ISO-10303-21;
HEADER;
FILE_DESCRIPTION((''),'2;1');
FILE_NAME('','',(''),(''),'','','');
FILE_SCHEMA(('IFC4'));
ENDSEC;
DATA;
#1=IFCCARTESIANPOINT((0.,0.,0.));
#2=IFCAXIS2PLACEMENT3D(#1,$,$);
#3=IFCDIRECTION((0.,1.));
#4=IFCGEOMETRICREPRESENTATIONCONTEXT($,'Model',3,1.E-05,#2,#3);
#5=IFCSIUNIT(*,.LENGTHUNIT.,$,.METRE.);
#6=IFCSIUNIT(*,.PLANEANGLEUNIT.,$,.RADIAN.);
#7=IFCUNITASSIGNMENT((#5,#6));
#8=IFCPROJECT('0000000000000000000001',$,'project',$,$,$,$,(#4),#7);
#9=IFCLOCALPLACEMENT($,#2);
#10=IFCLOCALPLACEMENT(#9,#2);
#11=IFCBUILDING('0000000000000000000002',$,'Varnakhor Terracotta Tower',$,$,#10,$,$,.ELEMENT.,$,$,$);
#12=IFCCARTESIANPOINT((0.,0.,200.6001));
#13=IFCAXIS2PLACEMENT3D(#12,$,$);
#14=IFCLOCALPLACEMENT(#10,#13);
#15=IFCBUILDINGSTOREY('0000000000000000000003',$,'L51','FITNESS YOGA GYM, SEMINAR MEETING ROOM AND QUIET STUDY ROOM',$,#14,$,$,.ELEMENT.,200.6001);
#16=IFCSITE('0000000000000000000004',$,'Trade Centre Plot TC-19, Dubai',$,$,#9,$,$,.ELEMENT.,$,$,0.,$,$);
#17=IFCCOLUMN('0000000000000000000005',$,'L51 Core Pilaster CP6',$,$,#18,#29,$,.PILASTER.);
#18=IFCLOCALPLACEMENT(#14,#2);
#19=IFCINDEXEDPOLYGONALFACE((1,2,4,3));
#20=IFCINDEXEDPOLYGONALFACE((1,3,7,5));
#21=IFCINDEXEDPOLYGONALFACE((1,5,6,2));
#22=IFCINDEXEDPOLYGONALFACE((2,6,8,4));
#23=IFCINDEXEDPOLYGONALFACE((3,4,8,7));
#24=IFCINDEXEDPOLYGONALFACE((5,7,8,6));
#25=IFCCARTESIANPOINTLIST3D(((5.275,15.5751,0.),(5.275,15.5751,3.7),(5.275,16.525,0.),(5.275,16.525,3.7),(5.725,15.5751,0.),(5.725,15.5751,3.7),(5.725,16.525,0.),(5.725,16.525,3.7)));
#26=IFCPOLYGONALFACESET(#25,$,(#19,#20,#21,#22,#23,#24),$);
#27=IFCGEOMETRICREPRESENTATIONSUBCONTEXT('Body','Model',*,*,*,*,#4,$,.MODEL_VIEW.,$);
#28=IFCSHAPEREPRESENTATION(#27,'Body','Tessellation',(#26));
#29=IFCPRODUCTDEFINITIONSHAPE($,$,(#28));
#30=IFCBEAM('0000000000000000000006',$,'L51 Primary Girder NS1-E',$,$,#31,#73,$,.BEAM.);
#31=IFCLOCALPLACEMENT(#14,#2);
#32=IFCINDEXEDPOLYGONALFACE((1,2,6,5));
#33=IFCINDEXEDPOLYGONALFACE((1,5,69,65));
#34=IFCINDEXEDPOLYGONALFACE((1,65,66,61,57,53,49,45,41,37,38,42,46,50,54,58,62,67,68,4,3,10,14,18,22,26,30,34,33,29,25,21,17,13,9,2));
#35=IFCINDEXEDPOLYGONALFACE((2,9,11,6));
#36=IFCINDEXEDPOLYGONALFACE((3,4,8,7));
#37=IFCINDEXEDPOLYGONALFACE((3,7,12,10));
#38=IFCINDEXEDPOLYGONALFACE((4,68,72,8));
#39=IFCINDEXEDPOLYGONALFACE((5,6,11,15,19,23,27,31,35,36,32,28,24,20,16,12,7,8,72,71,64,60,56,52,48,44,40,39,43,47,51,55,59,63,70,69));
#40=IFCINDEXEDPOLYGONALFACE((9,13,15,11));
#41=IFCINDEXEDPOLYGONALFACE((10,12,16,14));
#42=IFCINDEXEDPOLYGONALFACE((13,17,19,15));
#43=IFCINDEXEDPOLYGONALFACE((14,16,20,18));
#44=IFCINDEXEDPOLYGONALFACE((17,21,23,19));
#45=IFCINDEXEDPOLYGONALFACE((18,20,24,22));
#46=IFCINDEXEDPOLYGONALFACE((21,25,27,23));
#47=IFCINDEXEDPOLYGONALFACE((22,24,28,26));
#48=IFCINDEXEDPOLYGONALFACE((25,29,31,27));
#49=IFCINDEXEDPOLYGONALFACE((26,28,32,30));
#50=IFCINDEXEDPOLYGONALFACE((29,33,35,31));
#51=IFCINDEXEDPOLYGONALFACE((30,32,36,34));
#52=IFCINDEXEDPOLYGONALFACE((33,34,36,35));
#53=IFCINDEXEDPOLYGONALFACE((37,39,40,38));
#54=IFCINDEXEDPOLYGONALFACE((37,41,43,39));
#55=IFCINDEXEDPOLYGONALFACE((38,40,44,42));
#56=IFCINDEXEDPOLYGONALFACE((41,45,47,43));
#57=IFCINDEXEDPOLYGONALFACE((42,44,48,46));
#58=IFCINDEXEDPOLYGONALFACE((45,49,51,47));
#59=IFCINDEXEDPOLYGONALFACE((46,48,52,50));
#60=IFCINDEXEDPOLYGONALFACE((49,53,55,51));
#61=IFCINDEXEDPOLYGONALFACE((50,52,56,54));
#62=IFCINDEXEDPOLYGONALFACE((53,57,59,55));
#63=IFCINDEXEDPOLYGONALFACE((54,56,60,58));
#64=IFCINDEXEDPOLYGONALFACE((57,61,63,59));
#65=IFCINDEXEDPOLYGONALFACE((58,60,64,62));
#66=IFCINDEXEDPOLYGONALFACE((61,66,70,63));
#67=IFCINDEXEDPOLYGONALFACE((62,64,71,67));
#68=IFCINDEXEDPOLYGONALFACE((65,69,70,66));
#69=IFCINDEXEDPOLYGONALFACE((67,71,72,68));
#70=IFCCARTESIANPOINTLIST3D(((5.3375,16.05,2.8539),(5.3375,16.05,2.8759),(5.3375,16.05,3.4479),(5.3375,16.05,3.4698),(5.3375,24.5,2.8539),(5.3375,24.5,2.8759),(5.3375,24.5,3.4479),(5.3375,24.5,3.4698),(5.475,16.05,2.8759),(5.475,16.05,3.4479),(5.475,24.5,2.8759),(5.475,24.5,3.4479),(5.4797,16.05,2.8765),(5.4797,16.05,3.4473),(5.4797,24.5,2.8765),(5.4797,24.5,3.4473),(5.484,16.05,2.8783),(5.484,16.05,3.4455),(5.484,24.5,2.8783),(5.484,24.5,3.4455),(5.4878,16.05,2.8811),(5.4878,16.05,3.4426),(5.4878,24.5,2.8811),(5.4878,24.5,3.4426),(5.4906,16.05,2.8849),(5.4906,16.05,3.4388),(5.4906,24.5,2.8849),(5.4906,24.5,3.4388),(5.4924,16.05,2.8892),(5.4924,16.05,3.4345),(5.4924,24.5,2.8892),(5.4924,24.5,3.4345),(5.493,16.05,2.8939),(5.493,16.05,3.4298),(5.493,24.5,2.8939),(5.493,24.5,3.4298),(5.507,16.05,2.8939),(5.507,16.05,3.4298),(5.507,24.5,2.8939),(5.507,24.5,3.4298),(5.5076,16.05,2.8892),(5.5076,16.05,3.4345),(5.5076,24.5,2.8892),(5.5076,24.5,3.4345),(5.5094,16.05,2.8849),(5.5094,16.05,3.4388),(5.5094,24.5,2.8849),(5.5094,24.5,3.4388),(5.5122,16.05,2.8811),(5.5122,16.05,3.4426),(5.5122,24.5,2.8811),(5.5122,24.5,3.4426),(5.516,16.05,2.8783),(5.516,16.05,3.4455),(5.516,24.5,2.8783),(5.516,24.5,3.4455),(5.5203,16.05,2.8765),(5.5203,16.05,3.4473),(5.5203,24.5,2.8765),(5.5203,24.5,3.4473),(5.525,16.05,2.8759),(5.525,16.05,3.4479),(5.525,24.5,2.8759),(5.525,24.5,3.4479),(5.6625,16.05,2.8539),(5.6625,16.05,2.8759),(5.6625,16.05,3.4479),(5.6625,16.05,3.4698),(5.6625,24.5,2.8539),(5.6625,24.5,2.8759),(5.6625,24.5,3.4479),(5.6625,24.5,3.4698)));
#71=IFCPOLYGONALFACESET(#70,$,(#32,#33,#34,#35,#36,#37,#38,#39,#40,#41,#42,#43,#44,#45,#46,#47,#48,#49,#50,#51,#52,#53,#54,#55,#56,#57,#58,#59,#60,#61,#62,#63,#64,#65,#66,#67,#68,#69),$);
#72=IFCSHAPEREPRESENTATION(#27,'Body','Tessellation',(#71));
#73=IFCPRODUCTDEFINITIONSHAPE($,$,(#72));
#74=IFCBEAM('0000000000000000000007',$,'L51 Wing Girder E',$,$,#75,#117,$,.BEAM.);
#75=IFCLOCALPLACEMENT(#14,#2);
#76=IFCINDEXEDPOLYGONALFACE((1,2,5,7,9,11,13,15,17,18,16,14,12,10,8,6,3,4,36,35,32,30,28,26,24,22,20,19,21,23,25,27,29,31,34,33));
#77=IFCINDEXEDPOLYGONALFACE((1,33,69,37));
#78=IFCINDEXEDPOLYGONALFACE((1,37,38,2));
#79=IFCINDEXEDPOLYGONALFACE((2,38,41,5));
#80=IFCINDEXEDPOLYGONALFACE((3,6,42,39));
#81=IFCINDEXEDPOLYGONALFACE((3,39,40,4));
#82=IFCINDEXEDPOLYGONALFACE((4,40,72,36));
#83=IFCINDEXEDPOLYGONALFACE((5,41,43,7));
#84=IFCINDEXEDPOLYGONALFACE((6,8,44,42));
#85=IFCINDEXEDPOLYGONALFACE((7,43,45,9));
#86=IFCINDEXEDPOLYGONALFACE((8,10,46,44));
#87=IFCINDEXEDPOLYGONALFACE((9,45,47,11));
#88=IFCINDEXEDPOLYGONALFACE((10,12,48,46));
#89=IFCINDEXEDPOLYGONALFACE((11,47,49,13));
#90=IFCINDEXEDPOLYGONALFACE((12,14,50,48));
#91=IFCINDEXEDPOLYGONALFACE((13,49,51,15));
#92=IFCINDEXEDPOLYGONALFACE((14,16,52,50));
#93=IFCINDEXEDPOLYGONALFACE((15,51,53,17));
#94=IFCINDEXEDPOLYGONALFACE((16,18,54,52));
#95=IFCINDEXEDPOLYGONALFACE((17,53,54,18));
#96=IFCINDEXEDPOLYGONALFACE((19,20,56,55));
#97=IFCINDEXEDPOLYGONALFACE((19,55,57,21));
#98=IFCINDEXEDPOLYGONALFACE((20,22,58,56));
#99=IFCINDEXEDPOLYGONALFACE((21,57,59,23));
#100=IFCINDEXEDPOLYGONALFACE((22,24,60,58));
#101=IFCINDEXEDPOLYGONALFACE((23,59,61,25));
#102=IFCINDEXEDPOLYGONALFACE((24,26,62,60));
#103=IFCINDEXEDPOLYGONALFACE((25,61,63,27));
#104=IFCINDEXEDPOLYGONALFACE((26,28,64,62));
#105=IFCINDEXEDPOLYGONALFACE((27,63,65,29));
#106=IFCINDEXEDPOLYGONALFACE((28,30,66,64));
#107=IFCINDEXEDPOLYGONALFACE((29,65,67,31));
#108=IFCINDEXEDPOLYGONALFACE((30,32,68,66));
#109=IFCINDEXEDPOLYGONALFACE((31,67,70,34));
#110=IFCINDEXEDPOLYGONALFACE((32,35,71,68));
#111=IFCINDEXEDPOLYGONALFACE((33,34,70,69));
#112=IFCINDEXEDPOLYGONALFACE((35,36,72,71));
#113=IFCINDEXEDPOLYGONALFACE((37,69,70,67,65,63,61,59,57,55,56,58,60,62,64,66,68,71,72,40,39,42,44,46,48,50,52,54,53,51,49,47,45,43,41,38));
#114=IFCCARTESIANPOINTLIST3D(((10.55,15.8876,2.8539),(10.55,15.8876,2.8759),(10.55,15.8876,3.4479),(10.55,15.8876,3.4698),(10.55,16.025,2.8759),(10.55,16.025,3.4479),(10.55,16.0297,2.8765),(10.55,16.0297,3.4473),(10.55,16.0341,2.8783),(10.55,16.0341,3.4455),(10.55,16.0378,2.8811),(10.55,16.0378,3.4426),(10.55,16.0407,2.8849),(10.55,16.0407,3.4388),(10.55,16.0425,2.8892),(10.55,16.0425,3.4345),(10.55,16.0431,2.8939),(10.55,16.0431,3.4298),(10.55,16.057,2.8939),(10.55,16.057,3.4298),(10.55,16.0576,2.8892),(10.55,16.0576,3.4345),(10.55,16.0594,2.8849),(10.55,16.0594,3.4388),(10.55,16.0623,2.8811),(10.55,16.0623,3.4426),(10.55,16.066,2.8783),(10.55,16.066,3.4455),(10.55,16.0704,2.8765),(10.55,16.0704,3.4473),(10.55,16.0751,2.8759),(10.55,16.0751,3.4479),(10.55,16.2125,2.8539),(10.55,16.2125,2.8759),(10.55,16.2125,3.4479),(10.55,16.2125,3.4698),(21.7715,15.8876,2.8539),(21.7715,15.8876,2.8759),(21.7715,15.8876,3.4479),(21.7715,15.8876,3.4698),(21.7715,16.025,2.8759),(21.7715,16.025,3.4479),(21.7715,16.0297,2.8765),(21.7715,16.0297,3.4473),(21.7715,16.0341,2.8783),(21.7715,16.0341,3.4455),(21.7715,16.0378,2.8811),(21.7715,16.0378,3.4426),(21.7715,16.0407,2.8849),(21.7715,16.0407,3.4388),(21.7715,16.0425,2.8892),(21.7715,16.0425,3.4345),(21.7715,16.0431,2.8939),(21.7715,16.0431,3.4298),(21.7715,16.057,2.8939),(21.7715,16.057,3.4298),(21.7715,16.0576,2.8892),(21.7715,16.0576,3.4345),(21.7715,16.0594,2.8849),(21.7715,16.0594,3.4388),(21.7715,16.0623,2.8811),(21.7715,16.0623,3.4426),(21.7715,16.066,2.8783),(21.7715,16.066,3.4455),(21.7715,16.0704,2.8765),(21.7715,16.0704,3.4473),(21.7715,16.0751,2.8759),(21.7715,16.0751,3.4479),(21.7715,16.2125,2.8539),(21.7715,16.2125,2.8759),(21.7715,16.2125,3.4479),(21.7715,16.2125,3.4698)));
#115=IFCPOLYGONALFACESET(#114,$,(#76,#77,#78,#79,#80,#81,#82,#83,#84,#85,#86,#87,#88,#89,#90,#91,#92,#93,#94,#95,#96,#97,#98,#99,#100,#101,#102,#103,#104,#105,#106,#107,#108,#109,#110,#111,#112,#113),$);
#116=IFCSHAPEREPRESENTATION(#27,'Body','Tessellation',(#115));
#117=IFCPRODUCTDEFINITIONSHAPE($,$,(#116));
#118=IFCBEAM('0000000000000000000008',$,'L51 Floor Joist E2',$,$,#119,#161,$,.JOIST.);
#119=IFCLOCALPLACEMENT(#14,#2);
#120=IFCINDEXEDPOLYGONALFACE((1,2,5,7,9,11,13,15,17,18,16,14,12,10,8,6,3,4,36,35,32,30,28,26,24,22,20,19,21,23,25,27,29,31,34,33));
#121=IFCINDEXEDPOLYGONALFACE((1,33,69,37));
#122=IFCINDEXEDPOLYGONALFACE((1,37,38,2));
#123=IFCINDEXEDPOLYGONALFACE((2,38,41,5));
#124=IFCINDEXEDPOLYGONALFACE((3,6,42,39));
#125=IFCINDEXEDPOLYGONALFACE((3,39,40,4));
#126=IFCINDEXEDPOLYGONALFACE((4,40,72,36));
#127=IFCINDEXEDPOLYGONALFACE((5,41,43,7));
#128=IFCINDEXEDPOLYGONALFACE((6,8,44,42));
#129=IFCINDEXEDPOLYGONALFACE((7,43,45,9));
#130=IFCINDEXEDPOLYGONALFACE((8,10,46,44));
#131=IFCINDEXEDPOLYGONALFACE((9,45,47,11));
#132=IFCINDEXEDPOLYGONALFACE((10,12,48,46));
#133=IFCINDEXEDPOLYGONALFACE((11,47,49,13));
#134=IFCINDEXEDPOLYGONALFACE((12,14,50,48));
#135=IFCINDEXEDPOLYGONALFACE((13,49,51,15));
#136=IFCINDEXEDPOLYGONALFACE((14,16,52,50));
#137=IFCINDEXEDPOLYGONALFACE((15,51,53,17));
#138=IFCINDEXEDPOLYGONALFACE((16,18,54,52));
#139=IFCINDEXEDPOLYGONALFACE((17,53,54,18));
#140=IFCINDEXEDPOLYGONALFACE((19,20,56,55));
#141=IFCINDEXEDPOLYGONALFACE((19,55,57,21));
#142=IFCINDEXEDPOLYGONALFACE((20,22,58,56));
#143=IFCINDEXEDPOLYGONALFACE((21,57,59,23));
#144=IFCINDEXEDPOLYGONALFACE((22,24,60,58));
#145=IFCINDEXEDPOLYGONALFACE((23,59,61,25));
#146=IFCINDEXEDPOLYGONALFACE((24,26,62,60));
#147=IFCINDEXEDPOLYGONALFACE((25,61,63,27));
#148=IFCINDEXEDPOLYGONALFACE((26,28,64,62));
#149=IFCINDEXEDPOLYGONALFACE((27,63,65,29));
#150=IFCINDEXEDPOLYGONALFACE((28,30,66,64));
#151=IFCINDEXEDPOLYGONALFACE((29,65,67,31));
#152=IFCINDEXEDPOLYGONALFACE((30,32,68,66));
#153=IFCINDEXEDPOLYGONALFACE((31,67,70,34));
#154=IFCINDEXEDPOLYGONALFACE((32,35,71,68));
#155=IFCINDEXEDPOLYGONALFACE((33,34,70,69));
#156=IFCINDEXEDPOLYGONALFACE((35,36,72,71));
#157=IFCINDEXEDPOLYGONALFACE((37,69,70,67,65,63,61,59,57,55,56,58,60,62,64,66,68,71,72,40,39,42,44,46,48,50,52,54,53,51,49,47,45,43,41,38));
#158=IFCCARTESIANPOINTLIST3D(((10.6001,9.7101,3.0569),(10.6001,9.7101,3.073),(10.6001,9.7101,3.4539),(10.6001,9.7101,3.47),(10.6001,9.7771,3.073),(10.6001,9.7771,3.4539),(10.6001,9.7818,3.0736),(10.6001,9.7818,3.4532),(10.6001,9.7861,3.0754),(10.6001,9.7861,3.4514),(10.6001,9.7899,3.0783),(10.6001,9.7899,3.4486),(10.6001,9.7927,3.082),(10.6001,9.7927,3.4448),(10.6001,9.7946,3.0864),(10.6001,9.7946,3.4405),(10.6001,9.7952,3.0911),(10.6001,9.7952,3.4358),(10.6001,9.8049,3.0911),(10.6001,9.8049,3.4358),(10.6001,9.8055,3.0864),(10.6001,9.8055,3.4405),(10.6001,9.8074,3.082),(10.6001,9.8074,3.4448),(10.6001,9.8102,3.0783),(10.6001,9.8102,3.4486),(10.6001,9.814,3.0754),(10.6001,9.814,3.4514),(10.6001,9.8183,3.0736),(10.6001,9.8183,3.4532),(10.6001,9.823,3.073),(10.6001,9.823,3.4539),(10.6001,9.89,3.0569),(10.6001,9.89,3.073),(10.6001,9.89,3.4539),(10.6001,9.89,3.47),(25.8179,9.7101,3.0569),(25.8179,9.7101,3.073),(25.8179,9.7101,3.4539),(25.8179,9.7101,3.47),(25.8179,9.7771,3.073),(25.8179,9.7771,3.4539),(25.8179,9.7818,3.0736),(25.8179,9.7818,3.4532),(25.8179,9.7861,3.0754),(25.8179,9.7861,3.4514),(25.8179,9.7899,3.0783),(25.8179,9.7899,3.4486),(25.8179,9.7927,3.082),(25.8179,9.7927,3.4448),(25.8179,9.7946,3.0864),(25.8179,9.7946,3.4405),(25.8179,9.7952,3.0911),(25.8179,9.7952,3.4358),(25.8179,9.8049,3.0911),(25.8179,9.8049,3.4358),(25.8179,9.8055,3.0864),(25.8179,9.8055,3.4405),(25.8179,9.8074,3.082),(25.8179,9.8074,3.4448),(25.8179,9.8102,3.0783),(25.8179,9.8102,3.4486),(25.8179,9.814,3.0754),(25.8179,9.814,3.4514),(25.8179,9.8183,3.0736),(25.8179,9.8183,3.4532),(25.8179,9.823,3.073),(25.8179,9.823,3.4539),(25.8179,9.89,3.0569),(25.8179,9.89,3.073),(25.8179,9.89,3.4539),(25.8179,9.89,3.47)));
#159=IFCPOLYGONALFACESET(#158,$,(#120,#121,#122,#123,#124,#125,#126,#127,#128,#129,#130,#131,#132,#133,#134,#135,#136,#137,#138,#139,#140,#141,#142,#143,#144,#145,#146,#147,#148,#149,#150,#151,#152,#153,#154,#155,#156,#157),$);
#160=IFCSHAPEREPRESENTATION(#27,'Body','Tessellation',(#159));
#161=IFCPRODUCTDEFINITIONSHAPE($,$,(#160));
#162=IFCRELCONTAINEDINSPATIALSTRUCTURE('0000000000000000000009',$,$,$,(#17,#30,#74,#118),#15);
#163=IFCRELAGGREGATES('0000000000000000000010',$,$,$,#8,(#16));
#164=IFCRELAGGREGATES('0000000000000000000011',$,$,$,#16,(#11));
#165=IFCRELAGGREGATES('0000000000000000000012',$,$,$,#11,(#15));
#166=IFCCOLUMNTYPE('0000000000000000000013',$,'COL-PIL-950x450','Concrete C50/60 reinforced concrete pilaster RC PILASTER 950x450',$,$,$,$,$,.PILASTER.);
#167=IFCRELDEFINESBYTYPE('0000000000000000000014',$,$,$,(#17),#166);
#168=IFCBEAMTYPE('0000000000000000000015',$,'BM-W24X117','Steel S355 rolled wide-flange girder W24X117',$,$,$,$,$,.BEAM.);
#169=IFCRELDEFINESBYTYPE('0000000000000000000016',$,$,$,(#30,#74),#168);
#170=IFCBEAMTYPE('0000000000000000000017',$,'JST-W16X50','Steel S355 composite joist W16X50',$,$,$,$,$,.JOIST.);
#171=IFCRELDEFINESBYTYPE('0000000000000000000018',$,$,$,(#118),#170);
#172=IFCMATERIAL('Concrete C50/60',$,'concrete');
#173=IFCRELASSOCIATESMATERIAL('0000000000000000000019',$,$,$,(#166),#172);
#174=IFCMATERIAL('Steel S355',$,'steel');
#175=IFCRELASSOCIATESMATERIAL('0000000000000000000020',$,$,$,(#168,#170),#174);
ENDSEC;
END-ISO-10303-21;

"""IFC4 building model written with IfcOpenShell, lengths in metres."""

from ifc_helpers import new_model, si_unit, direction, frame, origin, origin_2d, place, context, subcontext, project, spatial, rectangle, i_section, extrude, source, transform, mapped, material, material_profile, profile_set, type_object, type_shapes, element, save


model = new_model("IFC4")

# Units and contexts
model_context = context("Model", 3, precision=1e-05, world=origin(), true_north=direction((0.0, 1.0)))
body_context = subcontext(model_context, "Body", "Model", "MODEL_VIEW")
ifc_project = project(units=[si_unit("LENGTHUNIT", "METRE"), si_unit("PLANEANGLEUNIT", "RADIAN")], contexts=[model_context])

# Site, building, storey
site_placement = place(None, origin())
site = spatial("IfcSite", under=ifc_project, at=site_placement, Name="Trade Centre Plot TC-19, Dubai", CompositionType="ELEMENT", RefElevation=0.0)
building_placement = place(site_placement, origin())
building = spatial("IfcBuilding", under=site, at=building_placement, Name="Varnakhor Terracotta Tower", CompositionType="ELEMENT")
storey_placement = place(building_placement, frame((0.0, 0.0, 200.6001)))
storey = spatial("IfcBuildingStorey", under=building, at=storey_placement, Name="L51", Description="FITNESS YOGA GYM, SEMINAR MEETING ROOM AND QUIET STUDY ROOM", CompositionType="ELEMENT", Elevation=200.6001)

# Column
ifc_material_1 = material(Name="Concrete C50/60", Category="concrete")
ifc_material_profile_1 = material_profile(ifc_material_1, rectangle(XDim=0.45, YDim=0.95, at=origin_2d()), Name="RC PILASTER 950x450")
ifc_profile_set_1 = profile_set([ifc_material_profile_1], Name="Concrete C50/60")
column_type = type_object("IfcColumnType", Name="COL-PIL-950x450", Description="Concrete C50/60 reinforced concrete pilaster RC PILASTER 950x450", PredefinedType="PILASTER", material=ifc_profile_set_1)
shared_shape_1 = source(origin(), body_context, "Body", "SweptSolid", [
    extrude(rectangle(XDim=0.45, YDim=0.95, at=origin_2d()), origin(), (0.0, 0.0, 1.0), 3.7),
])
column_placement = place(storey_placement, frame((5.5, 16.05, 0.0), z_axis=(0.0, 0.0, 1.0), x_axis=(1.0, 0.0, 0.0)))
element("IfcColumn", 1, at=column_placement, inside=storey, type_object=column_type, Name="L51 Core Pilaster CP6", PredefinedType="PILASTER", context=body_context, shape_type="MappedRepresentation", body=[
    mapped(shared_shape_1, transform((0.0, 0.0, 0.0), scale=1.0)),
])

# Beams
ifc_material_2 = material(Name="Steel S355", Category="steel")
ifc_material_profile_2 = material_profile(ifc_material_2, i_section(OverallWidth=0.325, OverallDepth=0.616, WebThickness=0.0139, FlangeThickness=0.022, FilletRadius=0.0181, at=origin_2d()), Name="W24X117")
ifc_profile_set_2 = profile_set([ifc_material_profile_2], Name="Steel S355")
beam_type_1 = type_object("IfcBeamType", Name="BM-W24X117", Description="Steel S355 rolled wide-flange girder W24X117", PredefinedType="BEAM", material=ifc_profile_set_2)
shared_shape_2 = source(origin(), body_context, "Body", "SweptSolid", [
    extrude(i_section(OverallWidth=0.325, OverallDepth=0.616, WebThickness=0.0139, FlangeThickness=0.022, FilletRadius=0.0181, at=origin_2d()), origin(), (0.0, 0.0, 1.0), 8.45),
])
type_shapes(beam_type_1, [shared_shape_2])
beam_1_placement = place(storey_placement, frame((5.5, 16.05, 3.1619), z_axis=(0.0, 1.0, 0.0), x_axis=(-1.0, 0.0, 0.0)))
element("IfcBeam", 2, at=beam_1_placement, inside=storey, type_object=beam_type_1, Name="L51 Primary Girder NS1-E", PredefinedType="BEAM", context=body_context, shape_type="MappedRepresentation", body=[
    mapped(shared_shape_2, transform((0.0, 0.0, 0.0), scale=1.0)),
])
shared_shape_3 = source(origin(), body_context, "Body", "SweptSolid", [
    extrude(i_section(OverallWidth=0.325, OverallDepth=0.616, WebThickness=0.0139, FlangeThickness=0.022, FilletRadius=0.0181, at=origin_2d()), origin(), (0.0, 0.0, 1.0), 11.2214),
])
beam_2_placement = place(storey_placement, frame((10.55, 16.05, 3.1619), z_axis=(1.0, 0.0, 0.0), x_axis=(0.0, 1.0, 0.0)))
element("IfcBeam", 3, at=beam_2_placement, inside=storey, type_object=beam_type_1, Name="L51 Wing Girder E", PredefinedType="BEAM", context=body_context, shape_type="MappedRepresentation", body=[
    mapped(shared_shape_3, transform((0.0, 0.0, 0.0), scale=1.0)),
])
ifc_material_profile_3 = material_profile(ifc_material_2, i_section(OverallWidth=0.1799, OverallDepth=0.4131, WebThickness=0.0098, FlangeThickness=0.0161, FilletRadius=0.0181, at=origin_2d()), Name="W16X50")
ifc_profile_set_3 = profile_set([ifc_material_profile_3], Name="Steel S355")
beam_type_2 = type_object("IfcBeamType", Name="JST-W16X50", Description="Steel S355 composite joist W16X50", PredefinedType="JOIST", material=ifc_profile_set_3)
shared_shape_4 = source(origin(), body_context, "Body", "SweptSolid", [
    extrude(i_section(OverallWidth=0.1799, OverallDepth=0.4131, WebThickness=0.0098, FlangeThickness=0.0161, FilletRadius=0.0181, at=origin_2d()), origin(), (0.0, 0.0, 1.0), 15.2178),
])
beam_3_placement = place(storey_placement, frame((10.6001, 9.8, 3.2634), z_axis=(1.0, 0.0, 0.0), x_axis=(0.0, 1.0, 0.0)))
element("IfcBeam", 4, at=beam_3_placement, inside=storey, type_object=beam_type_2, Name="L51 Floor Joist E2", PredefinedType="JOIST", context=body_context, shape_type="MappedRepresentation", body=[
    mapped(shared_shape_4, transform((0.0, 0.0, 0.0), scale=1.0)),
])

save(model, "model.ifc")
